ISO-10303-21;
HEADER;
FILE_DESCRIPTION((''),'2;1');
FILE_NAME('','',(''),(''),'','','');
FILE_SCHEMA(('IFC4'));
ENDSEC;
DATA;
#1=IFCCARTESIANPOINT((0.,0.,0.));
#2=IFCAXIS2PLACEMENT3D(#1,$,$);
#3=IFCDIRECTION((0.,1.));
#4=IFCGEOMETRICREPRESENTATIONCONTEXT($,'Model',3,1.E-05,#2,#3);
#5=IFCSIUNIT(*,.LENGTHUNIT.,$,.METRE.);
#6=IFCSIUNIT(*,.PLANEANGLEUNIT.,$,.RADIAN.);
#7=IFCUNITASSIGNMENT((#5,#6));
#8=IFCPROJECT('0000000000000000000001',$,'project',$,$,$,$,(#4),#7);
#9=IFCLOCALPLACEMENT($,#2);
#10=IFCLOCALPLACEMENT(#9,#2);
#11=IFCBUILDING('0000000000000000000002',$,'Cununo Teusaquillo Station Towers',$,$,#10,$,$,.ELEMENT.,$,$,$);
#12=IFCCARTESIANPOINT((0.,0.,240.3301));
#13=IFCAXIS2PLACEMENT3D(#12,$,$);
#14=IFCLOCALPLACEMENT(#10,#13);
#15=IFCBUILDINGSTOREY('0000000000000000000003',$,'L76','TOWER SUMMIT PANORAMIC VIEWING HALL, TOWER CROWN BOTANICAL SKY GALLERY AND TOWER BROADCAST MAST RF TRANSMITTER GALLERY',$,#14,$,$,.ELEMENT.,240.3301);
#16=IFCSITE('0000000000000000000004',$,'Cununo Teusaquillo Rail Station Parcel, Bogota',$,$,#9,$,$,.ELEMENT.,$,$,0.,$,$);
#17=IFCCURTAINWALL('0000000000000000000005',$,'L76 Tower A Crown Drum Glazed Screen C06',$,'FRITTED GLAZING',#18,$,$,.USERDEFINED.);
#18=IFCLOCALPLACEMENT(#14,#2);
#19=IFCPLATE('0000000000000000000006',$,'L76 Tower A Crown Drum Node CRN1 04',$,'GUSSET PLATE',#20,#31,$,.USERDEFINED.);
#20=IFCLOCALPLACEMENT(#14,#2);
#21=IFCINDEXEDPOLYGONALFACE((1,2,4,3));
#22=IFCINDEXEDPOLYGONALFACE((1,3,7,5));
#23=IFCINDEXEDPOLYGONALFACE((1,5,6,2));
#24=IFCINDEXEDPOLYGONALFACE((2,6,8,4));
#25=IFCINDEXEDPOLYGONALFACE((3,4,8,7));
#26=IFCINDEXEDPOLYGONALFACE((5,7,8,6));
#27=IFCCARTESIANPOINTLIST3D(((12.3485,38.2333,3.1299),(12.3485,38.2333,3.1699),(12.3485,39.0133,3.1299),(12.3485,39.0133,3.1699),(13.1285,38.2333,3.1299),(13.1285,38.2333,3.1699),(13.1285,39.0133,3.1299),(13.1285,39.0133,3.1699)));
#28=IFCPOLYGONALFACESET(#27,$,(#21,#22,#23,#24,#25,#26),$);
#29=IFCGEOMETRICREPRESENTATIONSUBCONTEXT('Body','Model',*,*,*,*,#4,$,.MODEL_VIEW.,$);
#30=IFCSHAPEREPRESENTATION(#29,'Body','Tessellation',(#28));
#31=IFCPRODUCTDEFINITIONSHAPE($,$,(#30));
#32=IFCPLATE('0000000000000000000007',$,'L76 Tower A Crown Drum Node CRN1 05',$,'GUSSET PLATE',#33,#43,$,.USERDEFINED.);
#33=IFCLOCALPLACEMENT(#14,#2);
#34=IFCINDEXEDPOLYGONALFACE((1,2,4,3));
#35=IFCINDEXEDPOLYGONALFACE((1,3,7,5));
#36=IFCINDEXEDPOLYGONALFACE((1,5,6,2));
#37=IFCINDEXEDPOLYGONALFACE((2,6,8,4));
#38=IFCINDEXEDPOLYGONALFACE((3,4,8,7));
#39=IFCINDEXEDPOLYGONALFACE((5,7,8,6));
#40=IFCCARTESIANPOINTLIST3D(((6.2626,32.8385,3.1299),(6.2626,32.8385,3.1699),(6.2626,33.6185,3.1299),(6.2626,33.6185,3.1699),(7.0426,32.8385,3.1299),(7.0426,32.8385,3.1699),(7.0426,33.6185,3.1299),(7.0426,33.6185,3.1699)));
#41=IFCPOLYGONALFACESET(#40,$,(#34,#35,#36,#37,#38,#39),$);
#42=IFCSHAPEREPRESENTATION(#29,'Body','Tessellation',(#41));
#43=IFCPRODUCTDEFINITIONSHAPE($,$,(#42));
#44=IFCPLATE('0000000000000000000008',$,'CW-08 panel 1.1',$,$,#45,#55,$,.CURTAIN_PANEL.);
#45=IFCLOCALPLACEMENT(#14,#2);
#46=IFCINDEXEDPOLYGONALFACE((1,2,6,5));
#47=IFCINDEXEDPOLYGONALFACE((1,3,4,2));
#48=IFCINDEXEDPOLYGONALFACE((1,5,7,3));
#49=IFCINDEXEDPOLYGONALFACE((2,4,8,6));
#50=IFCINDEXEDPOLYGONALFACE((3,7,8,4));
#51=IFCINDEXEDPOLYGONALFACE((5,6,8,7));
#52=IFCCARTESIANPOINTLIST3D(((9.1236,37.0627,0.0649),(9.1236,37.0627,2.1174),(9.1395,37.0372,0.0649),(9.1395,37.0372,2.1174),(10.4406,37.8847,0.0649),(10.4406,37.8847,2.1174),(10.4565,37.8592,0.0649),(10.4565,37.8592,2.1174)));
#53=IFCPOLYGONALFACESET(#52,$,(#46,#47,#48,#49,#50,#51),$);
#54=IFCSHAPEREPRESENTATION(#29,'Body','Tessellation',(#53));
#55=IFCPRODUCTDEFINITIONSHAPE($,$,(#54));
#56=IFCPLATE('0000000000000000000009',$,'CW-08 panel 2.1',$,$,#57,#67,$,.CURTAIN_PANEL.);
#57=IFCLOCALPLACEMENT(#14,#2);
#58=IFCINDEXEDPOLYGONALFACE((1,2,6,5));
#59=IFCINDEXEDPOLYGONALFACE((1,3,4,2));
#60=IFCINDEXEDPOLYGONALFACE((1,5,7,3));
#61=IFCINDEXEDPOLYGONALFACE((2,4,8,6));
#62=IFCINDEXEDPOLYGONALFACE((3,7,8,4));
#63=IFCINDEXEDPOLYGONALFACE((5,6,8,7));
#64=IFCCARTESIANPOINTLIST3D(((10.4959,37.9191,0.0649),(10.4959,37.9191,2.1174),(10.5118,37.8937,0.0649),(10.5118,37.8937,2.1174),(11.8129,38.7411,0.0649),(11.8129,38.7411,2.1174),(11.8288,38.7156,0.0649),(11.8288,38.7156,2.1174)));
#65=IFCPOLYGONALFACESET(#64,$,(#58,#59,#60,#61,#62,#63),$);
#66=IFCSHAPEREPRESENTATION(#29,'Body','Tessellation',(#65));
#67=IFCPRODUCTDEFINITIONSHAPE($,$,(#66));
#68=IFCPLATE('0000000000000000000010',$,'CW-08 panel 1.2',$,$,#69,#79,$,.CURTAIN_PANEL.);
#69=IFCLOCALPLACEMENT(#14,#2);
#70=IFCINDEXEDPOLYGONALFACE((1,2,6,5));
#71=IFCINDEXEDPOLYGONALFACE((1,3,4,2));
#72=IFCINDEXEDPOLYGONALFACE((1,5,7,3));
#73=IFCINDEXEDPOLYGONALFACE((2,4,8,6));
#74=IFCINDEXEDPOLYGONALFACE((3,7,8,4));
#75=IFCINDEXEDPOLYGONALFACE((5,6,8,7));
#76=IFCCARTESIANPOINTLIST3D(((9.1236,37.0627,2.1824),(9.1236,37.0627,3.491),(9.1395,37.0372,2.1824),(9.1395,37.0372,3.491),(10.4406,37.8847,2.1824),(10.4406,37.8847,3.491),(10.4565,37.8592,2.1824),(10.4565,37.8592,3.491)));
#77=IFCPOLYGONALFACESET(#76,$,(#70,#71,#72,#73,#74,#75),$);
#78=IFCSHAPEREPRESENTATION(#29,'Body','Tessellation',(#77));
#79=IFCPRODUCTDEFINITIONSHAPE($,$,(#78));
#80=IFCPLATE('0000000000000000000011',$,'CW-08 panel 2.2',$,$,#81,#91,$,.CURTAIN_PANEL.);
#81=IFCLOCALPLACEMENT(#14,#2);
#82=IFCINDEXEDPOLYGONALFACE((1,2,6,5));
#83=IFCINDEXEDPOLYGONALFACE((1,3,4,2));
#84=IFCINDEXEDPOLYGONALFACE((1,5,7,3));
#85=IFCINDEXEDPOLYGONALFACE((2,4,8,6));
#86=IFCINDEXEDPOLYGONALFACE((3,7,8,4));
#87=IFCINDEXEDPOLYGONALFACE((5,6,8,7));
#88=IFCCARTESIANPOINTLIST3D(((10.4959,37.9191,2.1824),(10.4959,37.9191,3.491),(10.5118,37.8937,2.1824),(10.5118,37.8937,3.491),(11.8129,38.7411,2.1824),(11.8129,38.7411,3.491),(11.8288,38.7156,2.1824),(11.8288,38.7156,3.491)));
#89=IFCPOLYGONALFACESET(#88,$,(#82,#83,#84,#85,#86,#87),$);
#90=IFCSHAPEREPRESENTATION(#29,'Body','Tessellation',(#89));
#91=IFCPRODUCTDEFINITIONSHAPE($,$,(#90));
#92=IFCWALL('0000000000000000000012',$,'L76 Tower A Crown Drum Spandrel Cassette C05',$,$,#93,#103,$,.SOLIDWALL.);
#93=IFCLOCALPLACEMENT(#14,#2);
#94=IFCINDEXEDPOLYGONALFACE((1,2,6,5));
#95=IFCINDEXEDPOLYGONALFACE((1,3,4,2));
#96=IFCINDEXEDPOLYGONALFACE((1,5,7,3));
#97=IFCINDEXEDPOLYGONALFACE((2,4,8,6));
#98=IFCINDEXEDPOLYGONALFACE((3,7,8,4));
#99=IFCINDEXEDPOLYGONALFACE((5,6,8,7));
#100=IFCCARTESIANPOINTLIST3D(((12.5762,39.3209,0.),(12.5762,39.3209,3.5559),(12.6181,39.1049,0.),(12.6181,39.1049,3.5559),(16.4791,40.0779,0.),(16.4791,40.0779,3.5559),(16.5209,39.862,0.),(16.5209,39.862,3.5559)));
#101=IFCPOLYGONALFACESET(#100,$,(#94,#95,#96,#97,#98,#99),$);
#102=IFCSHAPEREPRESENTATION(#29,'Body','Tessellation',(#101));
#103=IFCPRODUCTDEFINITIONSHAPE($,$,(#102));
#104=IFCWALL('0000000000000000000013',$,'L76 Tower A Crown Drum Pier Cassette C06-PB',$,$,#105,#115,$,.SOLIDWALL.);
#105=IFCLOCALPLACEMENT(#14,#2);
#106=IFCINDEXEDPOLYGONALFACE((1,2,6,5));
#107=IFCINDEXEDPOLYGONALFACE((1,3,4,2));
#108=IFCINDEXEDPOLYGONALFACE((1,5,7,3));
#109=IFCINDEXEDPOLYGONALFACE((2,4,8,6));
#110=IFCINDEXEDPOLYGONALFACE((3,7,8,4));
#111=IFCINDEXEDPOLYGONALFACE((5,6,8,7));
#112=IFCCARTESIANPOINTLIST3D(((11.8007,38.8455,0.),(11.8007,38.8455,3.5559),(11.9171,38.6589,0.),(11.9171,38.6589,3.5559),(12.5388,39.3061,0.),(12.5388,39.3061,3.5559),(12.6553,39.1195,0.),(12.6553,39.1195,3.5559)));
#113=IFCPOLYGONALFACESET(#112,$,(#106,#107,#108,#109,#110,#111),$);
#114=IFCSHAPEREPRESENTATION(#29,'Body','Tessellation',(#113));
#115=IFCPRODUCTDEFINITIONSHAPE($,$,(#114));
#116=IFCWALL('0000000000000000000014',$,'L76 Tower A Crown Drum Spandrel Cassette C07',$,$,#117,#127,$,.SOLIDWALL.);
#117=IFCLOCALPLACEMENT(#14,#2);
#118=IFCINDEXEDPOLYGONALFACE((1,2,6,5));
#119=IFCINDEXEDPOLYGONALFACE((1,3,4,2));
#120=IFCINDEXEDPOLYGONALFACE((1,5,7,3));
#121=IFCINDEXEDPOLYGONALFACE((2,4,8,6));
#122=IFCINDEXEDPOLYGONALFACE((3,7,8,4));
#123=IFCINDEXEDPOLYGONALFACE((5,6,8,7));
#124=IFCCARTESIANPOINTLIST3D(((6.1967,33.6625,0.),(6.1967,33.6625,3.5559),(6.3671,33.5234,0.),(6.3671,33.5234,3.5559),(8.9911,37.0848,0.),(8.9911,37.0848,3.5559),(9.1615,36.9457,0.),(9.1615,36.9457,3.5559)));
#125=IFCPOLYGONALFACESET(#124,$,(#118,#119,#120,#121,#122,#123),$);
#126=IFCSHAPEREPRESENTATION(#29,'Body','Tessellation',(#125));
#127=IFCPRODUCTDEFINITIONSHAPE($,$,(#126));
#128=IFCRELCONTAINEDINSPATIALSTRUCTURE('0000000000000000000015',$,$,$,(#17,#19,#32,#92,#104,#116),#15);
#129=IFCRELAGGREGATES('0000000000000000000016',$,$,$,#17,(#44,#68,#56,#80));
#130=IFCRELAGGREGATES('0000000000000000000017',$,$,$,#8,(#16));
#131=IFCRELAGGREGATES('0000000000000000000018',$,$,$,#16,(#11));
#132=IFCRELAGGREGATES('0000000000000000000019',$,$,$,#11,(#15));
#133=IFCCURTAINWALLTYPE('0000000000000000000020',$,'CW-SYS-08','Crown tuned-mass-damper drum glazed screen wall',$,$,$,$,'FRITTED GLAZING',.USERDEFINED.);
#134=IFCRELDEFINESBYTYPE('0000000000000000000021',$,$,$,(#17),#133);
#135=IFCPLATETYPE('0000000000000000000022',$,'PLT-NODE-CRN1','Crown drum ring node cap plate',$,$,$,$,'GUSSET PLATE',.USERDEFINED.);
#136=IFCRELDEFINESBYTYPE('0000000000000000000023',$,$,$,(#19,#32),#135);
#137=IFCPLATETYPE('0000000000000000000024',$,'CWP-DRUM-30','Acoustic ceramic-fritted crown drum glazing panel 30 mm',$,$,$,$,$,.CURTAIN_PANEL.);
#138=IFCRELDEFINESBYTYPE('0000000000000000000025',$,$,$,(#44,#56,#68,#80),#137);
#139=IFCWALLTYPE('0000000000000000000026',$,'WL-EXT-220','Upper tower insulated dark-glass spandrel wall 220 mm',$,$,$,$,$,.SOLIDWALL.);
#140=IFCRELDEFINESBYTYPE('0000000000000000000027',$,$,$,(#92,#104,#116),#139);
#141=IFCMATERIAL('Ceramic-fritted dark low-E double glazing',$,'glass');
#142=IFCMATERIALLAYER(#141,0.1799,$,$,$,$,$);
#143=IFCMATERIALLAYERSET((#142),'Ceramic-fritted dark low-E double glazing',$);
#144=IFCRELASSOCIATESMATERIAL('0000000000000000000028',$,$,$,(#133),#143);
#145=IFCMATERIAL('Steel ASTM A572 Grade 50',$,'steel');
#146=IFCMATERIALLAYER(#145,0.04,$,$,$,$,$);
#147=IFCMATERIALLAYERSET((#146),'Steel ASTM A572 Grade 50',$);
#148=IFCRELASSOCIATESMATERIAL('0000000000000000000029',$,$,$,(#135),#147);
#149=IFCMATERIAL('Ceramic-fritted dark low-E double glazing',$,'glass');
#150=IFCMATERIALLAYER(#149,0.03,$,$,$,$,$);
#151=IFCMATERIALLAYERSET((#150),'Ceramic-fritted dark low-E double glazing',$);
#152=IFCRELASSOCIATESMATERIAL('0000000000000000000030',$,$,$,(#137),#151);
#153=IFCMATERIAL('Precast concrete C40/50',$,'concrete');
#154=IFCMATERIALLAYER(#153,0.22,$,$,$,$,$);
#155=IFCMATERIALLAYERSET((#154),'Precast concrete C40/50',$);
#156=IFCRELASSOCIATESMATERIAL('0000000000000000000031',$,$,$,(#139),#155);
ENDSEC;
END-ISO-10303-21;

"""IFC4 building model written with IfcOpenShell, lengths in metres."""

from ifc_helpers import new_model, si_unit, direction, frame, frame_2d, origin, origin_2d, place, context, subcontext, project, spatial, rectangle, extrude, source, transform, mapped, material, layer, layer_set, type_object, element, aggregate, save


model = new_model("IFC4")

# Units and contexts
model_context = context("Model", 3, precision=1e-05, world=origin(), true_north=direction((0.0, 1.0)))
body_context = subcontext(model_context, "Body", "Model", "MODEL_VIEW")
ifc_project = project(units=[si_unit("LENGTHUNIT", "METRE"), si_unit("PLANEANGLEUNIT", "RADIAN")], contexts=[model_context])

# Site, building, storey
site_placement = place(None, origin())
site = spatial("IfcSite", under=ifc_project, at=site_placement, Name="Cununo Teusaquillo Rail Station Parcel, Bogota", CompositionType="ELEMENT", RefElevation=0.0)
building_placement = place(site_placement, origin())
building = spatial("IfcBuilding", under=site, at=building_placement, Name="Cununo Teusaquillo Station Towers", CompositionType="ELEMENT")
storey_placement = place(building_placement, frame((0.0, 0.0, 240.3301)))
storey = spatial("IfcBuildingStorey", under=building, at=storey_placement, Name="L76", Description="TOWER SUMMIT PANORAMIC VIEWING HALL, TOWER CROWN BOTANICAL SKY GALLERY AND TOWER BROADCAST MAST RF TRANSMITTER GALLERY", CompositionType="ELEMENT", Elevation=240.3301)

# Curtain wall
ifc_material_1 = material(Name="Ceramic-fritted dark low-E double glazing", Category="glass")
ifc_layer_1 = layer(ifc_material_1, 0.1799)
ifc_layer_set_1 = layer_set([ifc_layer_1], Name="Ceramic-fritted dark low-E double glazing")
curtain_wall_type = type_object("IfcCurtainWallType", Name="CW-SYS-08", Description="Crown tuned-mass-damper drum glazed screen wall", ElementType="FRITTED GLAZING", PredefinedType="USERDEFINED", material=ifc_layer_set_1)
curtain_wall_placement = place(storey_placement, origin())
curtain_wall = element("IfcCurtainWall", 1, at=curtain_wall_placement, inside=storey, type_object=curtain_wall_type, Name="L76 Tower A Crown Drum Glazed Screen C06", ObjectType="FRITTED GLAZING", PredefinedType="USERDEFINED")

# Plates
ifc_material_2 = material(Name="Steel ASTM A572 Grade 50", Category="steel")
ifc_layer_2 = layer(ifc_material_2, 0.04)
ifc_layer_set_2 = layer_set([ifc_layer_2], Name="Steel ASTM A572 Grade 50")
plate_type_1 = type_object("IfcPlateType", Name="PLT-NODE-CRN1", Description="Crown drum ring node cap plate", ElementType="GUSSET PLATE", PredefinedType="USERDEFINED", material=ifc_layer_set_2)
shared_shape_1 = source(origin(), body_context, "Body", "SweptSolid", [
    extrude(rectangle(XDim=0.78, YDim=0.78, at=origin_2d()), origin(), (0.0, 0.0, 1.0), 0.04),
])
for number, where, z_axis, x_axis, name in (
    (2, (12.7385, 38.6233, 3.1299), (0.0, 0.0, 1.0), (1.0, 0.0, 0.0), "L76 Tower A Crown Drum Node CRN1 04"),
    (3, (6.6526, 33.2285, 3.1299), (0.0, 0.0, 1.0), (1.0, 0.0, 0.0), "L76 Tower A Crown Drum Node CRN1 05"),
):
    element("IfcPlate", number, at=place(storey_placement, frame(where, z_axis=z_axis, x_axis=x_axis)), inside=storey, type_object=plate_type_1, Name=name, ObjectType="GUSSET PLATE", PredefinedType="USERDEFINED", context=body_context, shape_type="MappedRepresentation", body=[
        mapped(shared_shape_1, transform((0.0, 0.0, 0.0), x_axis=(1.0, 0.0, 0.0), y_axis=(0.0, 1.0, 0.0), z_axis=(0.0, 0.0, 1.0), scale=1.0)),
    ])

# Plates
ifc_material_3 = material(Name="Ceramic-fritted dark low-E double glazing", Category="glass")
ifc_layer_3 = layer(ifc_material_3, 0.03)
ifc_layer_set_3 = layer_set([ifc_layer_3], Name="Ceramic-fritted dark low-E double glazing")
plate_type_2 = type_object("IfcPlateType", Name="CWP-DRUM-30", Description="Acoustic ceramic-fritted crown drum glazing panel 30 mm", PredefinedType="CURTAIN_PANEL", material=ifc_layer_set_3)
shared_shape_2 = source(origin(), body_context, "Body", "SweptSolid", [
    extrude(rectangle(XDim=1.5525, YDim=0.03, at=origin_2d()), origin(), (0.0, 0.0, 1.0), 2.0525),
])
plate_1_placement = place(storey_placement, frame((9.79, 37.4609, 0.0649), z_axis=(0.0, 0.0, 1.0), x_axis=(0.84834, 0.529451, 0.0)))
plate_1 = element("IfcPlate", 4, at=plate_1_placement, type_object=plate_type_2, Name="CW-08 panel 1.1", PredefinedType="CURTAIN_PANEL", context=body_context, shape_type="MappedRepresentation", body=[
    mapped(shared_shape_2, transform((0.0, 0.0, 0.0), x_axis=(1.0, 0.0, 0.0), y_axis=(0.0, 1.0, 0.0), z_axis=(0.0, 0.0, 1.0), scale=1.0)),
])
plate_2_placement = place(storey_placement, frame((11.1624, 38.3174, 0.0649), z_axis=(0.0, 0.0, 1.0), x_axis=(0.84834, 0.529451, 0.0)))
plate_2 = element("IfcPlate", 5, at=plate_2_placement, type_object=plate_type_2, Name="CW-08 panel 2.1", PredefinedType="CURTAIN_PANEL", context=body_context, shape_type="MappedRepresentation", body=[
    mapped(shared_shape_2, transform((0.0, 0.0, 0.0), x_axis=(1.0, 0.0, 0.0), y_axis=(0.0, 1.0, 0.0), z_axis=(0.0, 0.0, 1.0), scale=1.0)),
])
shared_shape_3 = source(origin(), body_context, "Body", "SweptSolid", [
    extrude(rectangle(XDim=1.5525, YDim=0.03, at=origin_2d()), origin(), (0.0, 0.0, 1.0), 1.3086),
])
plate_3_placement = place(storey_placement, frame((9.79, 37.4609, 2.1824), z_axis=(0.0, 0.0, 1.0), x_axis=(0.84834, 0.529451, 0.0)))
plate_3 = element("IfcPlate", 6, at=plate_3_placement, type_object=plate_type_2, Name="CW-08 panel 1.2", PredefinedType="CURTAIN_PANEL", context=body_context, shape_type="MappedRepresentation", body=[
    mapped(shared_shape_3, transform((0.0, 0.0, 0.0), x_axis=(1.0, 0.0, 0.0), y_axis=(0.0, 1.0, 0.0), z_axis=(0.0, 0.0, 1.0), scale=1.0)),
])
plate_4_placement = place(storey_placement, frame((11.1624, 38.3174, 2.1824), z_axis=(0.0, 0.0, 1.0), x_axis=(0.84834, 0.529451, 0.0)))
plate_4 = element("IfcPlate", 7, at=plate_4_placement, type_object=plate_type_2, Name="CW-08 panel 2.2", PredefinedType="CURTAIN_PANEL", context=body_context, shape_type="MappedRepresentation", body=[
    mapped(shared_shape_3, transform((0.0, 0.0, 0.0), x_axis=(1.0, 0.0, 0.0), y_axis=(0.0, 1.0, 0.0), z_axis=(0.0, 0.0, 1.0), scale=1.0)),
])
aggregate(curtain_wall, [plate_1, plate_3, plate_2, plate_4])

# Walls
ifc_material_4 = material(Name="Precast concrete C40/50", Category="concrete")
ifc_layer_4 = layer(ifc_material_4, 0.22)
ifc_layer_set_4 = layer_set([ifc_layer_4], Name="Precast concrete C40/50")
wall_type = type_object("IfcWallType", Name="WL-EXT-220", Description="Upper tower insulated dark-glass spandrel wall 220 mm", PredefinedType="SOLIDWALL", material=ifc_layer_set_4)
wall_1_placement = place(storey_placement, frame((12.5972, 39.2129, 0.0), z_axis=(0.0, 0.0, 1.0), x_axis=(0.9817, 0.190432, 0.0)))
element("IfcWall", 8, at=wall_1_placement, inside=storey, type_object=wall_type, Name="L76 Tower A Crown Drum Spandrel Cassette C05", PredefinedType="SOLIDWALL", context=body_context, shape_type="SweptSolid", body=[
    extrude(rectangle(XDim=3.9756, YDim=0.22, at=frame_2d((1.9878, 0.0))), origin(), (0.0, 0.0, 1.0), 3.5559),
])
wall_2_placement = place(storey_placement, frame((11.8589, 38.7522, 0.0), z_axis=(0.0, 0.0, 1.0), x_axis=(0.848376, 0.529394, 0.0)))
element("IfcWall", 9, at=wall_2_placement, inside=storey, type_object=wall_type, Name="L76 Tower A Crown Drum Pier Cassette C06-PB", PredefinedType="SOLIDWALL", context=body_context, shape_type="SweptSolid", body=[
    extrude(rectangle(XDim=0.8701, YDim=0.22, at=frame_2d((0.4351, 0.0))), origin(), (0.0, 0.0, 1.0), 3.5559),
])
wall_3_placement = place(storey_placement, frame((6.282, 33.593, 0.0), z_axis=(0.0, 0.0, 1.0), x_axis=(0.632467, 0.774587, 0.0)))
element("IfcWall", 10, at=wall_3_placement, inside=storey, type_object=wall_type, Name="L76 Tower A Crown Drum Spandrel Cassette C07", PredefinedType="SOLIDWALL", context=body_context, shape_type="SweptSolid", body=[
    extrude(rectangle(XDim=4.4182, YDim=0.22, at=frame_2d((2.209, 0.0))), origin(), (0.0, 0.0, 1.0), 3.5559),
])

save(model, "model.ifc")
